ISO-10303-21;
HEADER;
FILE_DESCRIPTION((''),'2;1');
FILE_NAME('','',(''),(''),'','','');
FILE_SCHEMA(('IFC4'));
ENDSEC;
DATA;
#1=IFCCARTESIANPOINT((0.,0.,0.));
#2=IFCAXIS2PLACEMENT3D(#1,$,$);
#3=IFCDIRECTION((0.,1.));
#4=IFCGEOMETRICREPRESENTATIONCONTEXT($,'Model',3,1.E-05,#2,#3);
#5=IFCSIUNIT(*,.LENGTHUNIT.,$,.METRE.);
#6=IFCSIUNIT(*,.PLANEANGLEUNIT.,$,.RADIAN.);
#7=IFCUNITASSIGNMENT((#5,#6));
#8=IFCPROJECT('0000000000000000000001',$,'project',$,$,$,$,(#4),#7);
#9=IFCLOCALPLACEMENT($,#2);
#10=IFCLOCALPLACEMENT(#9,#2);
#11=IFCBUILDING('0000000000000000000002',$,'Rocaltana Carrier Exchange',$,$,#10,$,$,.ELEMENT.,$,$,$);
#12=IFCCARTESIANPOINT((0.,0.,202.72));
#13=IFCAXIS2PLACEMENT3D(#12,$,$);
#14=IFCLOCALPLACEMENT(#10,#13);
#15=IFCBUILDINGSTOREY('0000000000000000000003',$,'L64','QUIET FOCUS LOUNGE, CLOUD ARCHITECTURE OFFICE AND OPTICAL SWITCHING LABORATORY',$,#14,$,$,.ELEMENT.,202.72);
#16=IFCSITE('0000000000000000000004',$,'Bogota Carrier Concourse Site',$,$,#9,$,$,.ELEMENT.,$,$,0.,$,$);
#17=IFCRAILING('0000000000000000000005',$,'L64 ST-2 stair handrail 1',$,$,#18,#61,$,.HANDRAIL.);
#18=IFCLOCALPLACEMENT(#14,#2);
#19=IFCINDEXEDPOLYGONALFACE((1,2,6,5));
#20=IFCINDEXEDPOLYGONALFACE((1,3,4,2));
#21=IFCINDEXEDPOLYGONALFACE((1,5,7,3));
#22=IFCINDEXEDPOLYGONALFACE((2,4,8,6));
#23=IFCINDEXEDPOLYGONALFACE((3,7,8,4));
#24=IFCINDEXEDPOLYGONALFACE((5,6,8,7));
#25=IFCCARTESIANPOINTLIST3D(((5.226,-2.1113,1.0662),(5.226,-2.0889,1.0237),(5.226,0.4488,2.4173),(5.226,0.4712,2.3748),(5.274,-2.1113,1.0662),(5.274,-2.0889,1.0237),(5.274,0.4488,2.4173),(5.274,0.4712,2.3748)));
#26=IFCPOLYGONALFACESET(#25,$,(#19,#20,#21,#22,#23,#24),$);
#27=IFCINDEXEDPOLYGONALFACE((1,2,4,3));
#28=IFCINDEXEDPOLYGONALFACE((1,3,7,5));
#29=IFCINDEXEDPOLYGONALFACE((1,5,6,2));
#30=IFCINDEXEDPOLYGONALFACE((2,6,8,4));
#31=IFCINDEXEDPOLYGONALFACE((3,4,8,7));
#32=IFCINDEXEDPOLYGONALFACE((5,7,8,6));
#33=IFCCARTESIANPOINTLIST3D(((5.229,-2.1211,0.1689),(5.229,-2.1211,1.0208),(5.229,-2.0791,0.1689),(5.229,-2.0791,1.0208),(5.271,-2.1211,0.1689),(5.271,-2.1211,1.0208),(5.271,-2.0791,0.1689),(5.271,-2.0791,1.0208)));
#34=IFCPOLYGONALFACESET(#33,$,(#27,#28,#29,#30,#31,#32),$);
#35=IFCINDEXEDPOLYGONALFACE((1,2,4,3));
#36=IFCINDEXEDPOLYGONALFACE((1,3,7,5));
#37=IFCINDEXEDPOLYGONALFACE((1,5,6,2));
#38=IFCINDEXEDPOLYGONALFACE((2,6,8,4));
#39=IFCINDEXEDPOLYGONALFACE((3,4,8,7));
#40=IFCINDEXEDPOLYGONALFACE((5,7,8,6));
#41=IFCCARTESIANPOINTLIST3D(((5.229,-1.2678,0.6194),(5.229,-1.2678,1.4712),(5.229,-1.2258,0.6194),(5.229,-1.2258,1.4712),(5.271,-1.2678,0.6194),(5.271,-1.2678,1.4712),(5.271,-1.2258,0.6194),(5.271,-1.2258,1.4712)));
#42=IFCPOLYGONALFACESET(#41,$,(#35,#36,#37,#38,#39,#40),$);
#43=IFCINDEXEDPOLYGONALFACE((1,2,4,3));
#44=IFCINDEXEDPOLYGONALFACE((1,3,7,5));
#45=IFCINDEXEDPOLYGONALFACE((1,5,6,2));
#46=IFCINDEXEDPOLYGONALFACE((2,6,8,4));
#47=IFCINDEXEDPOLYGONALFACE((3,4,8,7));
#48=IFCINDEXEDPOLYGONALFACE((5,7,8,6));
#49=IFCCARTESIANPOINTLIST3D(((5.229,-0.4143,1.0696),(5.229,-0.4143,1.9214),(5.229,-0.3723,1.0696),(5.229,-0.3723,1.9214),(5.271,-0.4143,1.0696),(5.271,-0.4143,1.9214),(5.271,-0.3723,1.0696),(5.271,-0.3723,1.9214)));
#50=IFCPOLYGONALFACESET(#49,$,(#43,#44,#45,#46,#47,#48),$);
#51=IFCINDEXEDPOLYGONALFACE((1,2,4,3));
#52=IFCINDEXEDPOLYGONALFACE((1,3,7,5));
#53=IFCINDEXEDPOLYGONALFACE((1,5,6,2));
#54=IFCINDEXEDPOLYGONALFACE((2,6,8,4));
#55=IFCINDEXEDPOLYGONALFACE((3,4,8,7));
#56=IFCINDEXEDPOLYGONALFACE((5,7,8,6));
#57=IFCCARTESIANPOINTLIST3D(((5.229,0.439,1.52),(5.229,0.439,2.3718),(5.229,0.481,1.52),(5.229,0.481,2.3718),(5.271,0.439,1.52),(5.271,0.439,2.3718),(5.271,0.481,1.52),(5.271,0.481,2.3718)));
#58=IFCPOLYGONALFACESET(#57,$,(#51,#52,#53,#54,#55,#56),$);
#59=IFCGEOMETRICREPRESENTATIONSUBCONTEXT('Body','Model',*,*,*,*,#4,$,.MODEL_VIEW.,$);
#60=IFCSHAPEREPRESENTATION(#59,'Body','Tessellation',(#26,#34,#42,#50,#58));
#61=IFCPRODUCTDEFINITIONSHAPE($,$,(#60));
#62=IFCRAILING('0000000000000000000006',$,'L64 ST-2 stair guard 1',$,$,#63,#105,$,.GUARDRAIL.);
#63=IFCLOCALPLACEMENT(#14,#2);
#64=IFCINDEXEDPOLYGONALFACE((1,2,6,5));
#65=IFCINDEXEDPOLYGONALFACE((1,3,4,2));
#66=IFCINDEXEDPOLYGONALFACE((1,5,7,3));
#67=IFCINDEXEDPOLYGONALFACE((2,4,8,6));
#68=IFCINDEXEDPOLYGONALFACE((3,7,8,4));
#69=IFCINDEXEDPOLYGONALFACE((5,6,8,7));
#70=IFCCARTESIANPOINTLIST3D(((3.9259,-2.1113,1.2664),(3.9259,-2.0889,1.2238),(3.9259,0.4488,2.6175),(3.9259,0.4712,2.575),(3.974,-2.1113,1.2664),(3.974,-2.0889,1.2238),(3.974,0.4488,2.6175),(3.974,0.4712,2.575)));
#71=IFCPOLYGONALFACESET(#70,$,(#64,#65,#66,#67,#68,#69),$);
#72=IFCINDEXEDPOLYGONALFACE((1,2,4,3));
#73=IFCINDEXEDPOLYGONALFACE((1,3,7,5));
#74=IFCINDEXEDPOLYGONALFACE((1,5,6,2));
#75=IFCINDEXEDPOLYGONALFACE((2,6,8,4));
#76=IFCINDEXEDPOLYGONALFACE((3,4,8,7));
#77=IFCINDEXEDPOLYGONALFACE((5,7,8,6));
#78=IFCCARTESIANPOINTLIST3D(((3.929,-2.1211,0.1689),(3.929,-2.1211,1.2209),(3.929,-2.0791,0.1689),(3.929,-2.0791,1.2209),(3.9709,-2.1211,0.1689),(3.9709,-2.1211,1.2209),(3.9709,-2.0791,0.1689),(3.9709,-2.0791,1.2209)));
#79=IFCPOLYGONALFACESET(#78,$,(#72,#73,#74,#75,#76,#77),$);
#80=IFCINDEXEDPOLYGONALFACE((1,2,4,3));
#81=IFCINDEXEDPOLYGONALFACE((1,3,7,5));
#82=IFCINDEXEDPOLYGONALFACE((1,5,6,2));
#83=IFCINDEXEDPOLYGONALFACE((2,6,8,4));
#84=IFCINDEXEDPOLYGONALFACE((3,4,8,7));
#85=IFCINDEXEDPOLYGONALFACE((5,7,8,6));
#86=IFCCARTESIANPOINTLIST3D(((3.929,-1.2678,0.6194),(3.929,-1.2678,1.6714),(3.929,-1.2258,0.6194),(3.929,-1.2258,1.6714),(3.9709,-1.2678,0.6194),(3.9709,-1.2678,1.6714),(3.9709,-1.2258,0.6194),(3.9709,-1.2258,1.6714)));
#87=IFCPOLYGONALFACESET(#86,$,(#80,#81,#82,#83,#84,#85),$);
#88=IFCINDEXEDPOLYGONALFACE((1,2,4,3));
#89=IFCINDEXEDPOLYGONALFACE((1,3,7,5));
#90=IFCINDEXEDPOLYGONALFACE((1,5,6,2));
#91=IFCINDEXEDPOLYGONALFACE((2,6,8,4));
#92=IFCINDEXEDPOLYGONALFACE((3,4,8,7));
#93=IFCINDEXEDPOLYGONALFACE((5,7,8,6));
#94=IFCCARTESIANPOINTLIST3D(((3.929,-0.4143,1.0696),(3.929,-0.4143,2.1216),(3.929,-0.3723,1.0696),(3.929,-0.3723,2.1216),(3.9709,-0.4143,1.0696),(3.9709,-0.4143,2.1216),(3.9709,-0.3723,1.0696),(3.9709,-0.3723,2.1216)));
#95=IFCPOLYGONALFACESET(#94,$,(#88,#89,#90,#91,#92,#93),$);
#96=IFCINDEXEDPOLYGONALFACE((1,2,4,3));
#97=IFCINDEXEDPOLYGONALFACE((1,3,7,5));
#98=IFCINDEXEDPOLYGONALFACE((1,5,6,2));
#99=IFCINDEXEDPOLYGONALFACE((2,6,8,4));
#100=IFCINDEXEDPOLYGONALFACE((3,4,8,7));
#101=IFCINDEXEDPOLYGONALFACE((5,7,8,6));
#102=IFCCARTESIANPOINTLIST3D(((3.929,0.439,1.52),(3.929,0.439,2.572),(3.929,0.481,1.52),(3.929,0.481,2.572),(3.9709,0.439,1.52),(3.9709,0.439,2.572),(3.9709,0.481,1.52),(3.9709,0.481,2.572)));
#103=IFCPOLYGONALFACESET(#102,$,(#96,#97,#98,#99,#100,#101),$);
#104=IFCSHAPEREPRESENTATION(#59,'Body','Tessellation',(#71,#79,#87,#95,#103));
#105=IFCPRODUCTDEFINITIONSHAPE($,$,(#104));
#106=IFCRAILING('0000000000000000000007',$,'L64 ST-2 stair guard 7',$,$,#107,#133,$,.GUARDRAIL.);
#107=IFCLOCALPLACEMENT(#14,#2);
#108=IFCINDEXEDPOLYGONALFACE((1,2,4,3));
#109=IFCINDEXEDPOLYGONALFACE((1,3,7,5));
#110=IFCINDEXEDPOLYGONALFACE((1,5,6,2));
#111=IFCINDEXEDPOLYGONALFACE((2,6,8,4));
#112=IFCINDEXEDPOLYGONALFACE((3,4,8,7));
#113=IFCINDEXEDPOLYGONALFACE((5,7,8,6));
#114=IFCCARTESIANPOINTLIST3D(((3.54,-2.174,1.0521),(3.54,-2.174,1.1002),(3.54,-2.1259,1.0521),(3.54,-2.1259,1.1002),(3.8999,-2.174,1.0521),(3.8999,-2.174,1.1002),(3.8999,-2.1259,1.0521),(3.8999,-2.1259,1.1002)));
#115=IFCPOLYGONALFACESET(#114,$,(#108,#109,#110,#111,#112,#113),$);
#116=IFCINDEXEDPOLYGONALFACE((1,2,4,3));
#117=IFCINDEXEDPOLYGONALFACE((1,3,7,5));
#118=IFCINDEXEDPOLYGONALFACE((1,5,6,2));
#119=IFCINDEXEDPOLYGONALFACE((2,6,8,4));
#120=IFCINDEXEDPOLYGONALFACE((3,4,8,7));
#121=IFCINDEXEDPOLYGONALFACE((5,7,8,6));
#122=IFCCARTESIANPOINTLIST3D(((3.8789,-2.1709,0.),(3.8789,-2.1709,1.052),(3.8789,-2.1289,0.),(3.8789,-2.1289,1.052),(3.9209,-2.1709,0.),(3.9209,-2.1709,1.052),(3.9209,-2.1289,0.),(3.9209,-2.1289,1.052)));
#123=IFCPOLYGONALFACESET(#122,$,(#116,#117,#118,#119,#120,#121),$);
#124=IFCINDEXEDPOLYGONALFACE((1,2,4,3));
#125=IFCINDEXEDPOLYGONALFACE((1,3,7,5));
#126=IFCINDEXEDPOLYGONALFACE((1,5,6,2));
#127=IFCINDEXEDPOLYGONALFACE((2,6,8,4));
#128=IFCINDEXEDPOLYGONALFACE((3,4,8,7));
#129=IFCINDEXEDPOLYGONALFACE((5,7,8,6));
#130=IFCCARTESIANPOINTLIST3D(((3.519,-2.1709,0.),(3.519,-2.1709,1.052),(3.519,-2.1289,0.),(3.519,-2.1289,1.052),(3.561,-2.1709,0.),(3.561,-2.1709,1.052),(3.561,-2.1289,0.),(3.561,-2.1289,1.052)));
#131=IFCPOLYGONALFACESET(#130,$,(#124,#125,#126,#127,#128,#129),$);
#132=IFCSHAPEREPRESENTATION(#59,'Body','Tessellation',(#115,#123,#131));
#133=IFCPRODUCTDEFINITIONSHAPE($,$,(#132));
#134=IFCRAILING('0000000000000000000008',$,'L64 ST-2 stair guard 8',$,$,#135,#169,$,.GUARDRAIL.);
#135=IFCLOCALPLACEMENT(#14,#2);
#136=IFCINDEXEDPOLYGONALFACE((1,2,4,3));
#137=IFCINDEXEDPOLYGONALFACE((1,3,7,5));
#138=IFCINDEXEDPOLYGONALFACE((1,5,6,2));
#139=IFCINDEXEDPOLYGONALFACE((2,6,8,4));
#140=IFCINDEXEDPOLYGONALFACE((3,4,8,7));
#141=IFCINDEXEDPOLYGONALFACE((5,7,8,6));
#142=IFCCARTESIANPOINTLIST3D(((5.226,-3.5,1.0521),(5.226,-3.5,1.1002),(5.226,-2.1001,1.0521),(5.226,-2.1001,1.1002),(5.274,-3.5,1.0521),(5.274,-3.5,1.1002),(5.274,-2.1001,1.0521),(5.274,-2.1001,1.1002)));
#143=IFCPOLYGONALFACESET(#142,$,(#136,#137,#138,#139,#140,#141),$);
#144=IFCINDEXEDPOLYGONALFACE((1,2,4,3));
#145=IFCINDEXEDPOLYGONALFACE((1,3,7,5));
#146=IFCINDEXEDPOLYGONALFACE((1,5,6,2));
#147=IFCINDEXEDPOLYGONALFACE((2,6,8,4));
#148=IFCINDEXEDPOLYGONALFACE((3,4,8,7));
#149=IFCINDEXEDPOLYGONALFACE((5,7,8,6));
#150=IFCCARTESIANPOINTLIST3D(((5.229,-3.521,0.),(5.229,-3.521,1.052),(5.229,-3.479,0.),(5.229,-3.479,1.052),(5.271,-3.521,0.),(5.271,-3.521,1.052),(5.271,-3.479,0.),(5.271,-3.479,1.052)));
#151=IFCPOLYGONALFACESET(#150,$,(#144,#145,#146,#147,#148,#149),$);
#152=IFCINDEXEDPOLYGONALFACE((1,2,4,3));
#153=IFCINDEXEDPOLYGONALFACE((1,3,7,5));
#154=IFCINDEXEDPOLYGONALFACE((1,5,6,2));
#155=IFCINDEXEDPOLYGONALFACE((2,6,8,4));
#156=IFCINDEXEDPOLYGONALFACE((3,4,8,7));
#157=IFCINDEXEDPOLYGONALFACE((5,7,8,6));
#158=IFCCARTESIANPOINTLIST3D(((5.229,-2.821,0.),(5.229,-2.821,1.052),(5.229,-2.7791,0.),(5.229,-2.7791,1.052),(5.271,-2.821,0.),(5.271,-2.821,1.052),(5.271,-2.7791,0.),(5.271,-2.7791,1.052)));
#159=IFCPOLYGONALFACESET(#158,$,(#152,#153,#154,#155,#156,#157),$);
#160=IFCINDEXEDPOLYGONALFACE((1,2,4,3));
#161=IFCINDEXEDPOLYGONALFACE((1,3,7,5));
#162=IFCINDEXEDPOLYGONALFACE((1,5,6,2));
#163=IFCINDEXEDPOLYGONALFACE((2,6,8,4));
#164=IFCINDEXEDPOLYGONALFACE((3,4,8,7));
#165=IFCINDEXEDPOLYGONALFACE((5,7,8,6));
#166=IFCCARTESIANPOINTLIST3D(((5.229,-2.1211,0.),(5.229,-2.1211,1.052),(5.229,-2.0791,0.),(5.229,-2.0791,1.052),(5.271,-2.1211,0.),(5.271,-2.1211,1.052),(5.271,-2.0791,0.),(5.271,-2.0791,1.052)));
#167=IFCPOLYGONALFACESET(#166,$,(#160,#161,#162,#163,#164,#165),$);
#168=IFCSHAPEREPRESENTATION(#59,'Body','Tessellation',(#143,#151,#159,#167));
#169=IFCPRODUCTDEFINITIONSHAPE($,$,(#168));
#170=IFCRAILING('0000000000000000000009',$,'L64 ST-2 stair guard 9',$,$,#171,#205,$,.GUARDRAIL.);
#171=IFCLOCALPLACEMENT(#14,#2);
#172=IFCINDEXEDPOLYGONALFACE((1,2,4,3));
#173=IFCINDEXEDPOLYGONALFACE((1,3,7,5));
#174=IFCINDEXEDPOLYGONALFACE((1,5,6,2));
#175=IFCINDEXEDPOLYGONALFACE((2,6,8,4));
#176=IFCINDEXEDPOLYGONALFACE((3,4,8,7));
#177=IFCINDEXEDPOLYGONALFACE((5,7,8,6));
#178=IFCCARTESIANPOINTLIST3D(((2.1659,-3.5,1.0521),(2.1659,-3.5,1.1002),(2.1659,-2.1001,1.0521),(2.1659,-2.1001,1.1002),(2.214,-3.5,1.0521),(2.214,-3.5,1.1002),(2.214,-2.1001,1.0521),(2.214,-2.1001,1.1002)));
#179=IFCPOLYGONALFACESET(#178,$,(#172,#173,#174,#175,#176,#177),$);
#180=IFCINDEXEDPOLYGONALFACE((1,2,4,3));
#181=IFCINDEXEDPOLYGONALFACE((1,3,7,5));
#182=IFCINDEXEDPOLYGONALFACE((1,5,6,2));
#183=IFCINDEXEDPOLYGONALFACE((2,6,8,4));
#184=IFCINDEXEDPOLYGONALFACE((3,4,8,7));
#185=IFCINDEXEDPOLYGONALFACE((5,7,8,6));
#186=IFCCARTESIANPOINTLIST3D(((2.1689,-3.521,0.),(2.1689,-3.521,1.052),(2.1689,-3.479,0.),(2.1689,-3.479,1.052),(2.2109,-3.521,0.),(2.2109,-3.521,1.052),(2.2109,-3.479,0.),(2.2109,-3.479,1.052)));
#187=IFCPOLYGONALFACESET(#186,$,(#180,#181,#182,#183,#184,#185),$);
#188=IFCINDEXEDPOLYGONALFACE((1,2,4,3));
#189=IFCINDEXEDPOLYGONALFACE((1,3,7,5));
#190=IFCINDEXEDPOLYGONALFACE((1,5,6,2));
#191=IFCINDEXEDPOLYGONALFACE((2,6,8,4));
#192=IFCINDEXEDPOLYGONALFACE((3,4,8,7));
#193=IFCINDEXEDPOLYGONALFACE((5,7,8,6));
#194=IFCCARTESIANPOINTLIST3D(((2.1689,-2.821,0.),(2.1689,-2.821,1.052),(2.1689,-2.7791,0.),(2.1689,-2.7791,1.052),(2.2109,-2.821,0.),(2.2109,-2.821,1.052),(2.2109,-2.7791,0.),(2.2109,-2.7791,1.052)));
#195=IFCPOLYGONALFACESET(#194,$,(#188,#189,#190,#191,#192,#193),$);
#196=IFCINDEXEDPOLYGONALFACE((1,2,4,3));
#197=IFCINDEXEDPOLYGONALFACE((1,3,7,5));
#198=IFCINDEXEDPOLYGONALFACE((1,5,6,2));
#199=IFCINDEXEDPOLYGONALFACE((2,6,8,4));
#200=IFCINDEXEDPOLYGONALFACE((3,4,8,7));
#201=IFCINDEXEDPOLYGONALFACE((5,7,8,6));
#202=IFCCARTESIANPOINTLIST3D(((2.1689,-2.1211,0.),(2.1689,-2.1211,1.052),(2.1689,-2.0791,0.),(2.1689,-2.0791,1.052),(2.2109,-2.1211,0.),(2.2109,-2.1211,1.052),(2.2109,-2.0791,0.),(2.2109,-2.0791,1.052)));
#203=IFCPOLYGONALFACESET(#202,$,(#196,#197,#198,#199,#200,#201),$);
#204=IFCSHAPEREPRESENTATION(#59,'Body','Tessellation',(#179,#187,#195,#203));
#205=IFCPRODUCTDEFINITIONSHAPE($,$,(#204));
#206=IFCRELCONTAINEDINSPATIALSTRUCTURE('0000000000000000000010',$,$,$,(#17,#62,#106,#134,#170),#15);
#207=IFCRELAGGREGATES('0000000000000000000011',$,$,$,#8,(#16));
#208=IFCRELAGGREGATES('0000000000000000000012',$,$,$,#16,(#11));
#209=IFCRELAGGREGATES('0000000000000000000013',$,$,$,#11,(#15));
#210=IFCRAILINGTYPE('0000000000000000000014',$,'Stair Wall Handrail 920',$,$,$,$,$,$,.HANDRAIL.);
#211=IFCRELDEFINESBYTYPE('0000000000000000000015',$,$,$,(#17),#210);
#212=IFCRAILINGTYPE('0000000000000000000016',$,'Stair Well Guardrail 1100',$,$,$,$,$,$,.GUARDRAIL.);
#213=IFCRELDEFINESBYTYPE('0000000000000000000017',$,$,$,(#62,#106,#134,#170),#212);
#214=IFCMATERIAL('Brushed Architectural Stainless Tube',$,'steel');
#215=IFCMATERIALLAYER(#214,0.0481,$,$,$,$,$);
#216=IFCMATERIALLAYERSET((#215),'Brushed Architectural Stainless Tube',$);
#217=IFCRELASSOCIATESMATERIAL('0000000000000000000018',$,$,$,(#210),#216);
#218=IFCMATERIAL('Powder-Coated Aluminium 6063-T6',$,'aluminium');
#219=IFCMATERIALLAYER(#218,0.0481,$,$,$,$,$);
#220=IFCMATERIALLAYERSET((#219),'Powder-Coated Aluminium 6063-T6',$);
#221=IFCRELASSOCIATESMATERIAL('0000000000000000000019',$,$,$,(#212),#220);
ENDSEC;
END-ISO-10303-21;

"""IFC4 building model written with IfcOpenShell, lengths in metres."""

from ifc_helpers import new_model, si_unit, direction, frame, origin, origin_2d, place, context, subcontext, project, spatial, rectangle, extrude, material, layer, layer_set, type_object, element, save


model = new_model("IFC4")

# Units and contexts
model_context = context("Model", 3, precision=1e-05, world=origin(), true_north=direction((0.0, 1.0)))
body_context = subcontext(model_context, "Body", "Model", "MODEL_VIEW")
ifc_project = project(units=[si_unit("LENGTHUNIT", "METRE"), si_unit("PLANEANGLEUNIT", "RADIAN")], contexts=[model_context])

# Site, building, storey
site_placement = place(None, origin())
site = spatial("IfcSite", under=ifc_project, at=site_placement, Name="Bogota Carrier Concourse Site", CompositionType="ELEMENT", RefElevation=0.0)
building_placement = place(site_placement, origin())
building = spatial("IfcBuilding", under=site, at=building_placement, Name="Rocaltana Carrier Exchange", CompositionType="ELEMENT")
storey_placement = place(building_placement, frame((0.0, 0.0, 202.72)))
storey = spatial("IfcBuildingStorey", under=building, at=storey_placement, Name="L64", Description="QUIET FOCUS LOUNGE, CLOUD ARCHITECTURE OFFICE AND OPTICAL SWITCHING LABORATORY", CompositionType="ELEMENT", Elevation=202.72)

# Railings
ifc_material_1 = material(Name="Brushed Architectural Stainless Tube", Category="steel")
ifc_layer_1 = layer(ifc_material_1, 0.0481)
ifc_layer_set_1 = layer_set([ifc_layer_1], Name="Brushed Architectural Stainless Tube")
railing_type_1 = type_object("IfcRailingType", Name="Stair Wall Handrail 920", PredefinedType="HANDRAIL", material=ifc_layer_set_1)
railing_1_placement = place(storey_placement, frame((5.25, -2.1001, 0.1689)))
element("IfcRailing", 1, at=railing_1_placement, inside=storey, type_object=railing_type_1, Name="L64 ST-2 stair handrail 1", PredefinedType="HANDRAIL", context=body_context, shape_type="SweptSolid", body=[
    extrude(rectangle(XDim=0.0481, YDim=0.0481, at=origin_2d()), frame((0.0, 0.0, 0.876), z_axis=(0.0, 0.884394, 0.46674), x_axis=(-1.0, 0.0, 0.0)), (0.0, 0.0, 1.0), 2.8948),
    extrude(rectangle(XDim=0.042, YDim=0.042, at=origin_2d()), origin(), (0.0, 0.0, 1.0), 0.8518),
    extrude(rectangle(XDim=0.042, YDim=0.042, at=origin_2d()), frame((0.0, 0.8533, 0.4504)), (0.0, 0.0, 1.0), 0.8518),
    extrude(rectangle(XDim=0.042, YDim=0.042, at=origin_2d()), frame((0.0, 1.7068, 0.9006)), (0.0, 0.0, 1.0), 0.8518),
    extrude(rectangle(XDim=0.042, YDim=0.042, at=origin_2d()), frame((0.0, 2.5601, 1.3511)), (0.0, 0.0, 1.0), 0.8518),
])
ifc_material_2 = material(Name="Powder-Coated Aluminium 6063-T6", Category="aluminium")
ifc_layer_2 = layer(ifc_material_2, 0.0481)
ifc_layer_set_2 = layer_set([ifc_layer_2], Name="Powder-Coated Aluminium 6063-T6")
railing_type_2 = type_object("IfcRailingType", Name="Stair Well Guardrail 1100", PredefinedType="GUARDRAIL", material=ifc_layer_set_2)
railing_2_placement = place(storey_placement, frame((3.95, -2.1001, 0.1689)))
element("IfcRailing", 2, at=railing_2_placement, inside=storey, type_object=railing_type_2, Name="L64 ST-2 stair guard 1", PredefinedType="GUARDRAIL", context=body_context, shape_type="SweptSolid", body=[
    extrude(rectangle(XDim=0.0481, YDim=0.0481, at=origin_2d()), frame((0.0, 0.0, 1.0762), z_axis=(0.0, 0.884394, 0.46674), x_axis=(-1.0, 0.0, 0.0)), (0.0, 0.0, 1.0), 2.8948),
    extrude(rectangle(XDim=0.042, YDim=0.042, at=origin_2d()), origin(), (0.0, 0.0, 1.0), 1.052),
    extrude(rectangle(XDim=0.042, YDim=0.042, at=origin_2d()), frame((0.0, 0.8533, 0.4504)), (0.0, 0.0, 1.0), 1.052),
    extrude(rectangle(XDim=0.042, YDim=0.042, at=origin_2d()), frame((0.0, 1.7068, 0.9006)), (0.0, 0.0, 1.0), 1.052),
    extrude(rectangle(XDim=0.042, YDim=0.042, at=origin_2d()), frame((0.0, 2.5601, 1.3511)), (0.0, 0.0, 1.0), 1.052),
])
railing_3_placement = place(storey_placement, frame((3.8999, -2.1499, 0.0)))
element("IfcRailing", 3, at=railing_3_placement, inside=storey, type_object=railing_type_2, Name="L64 ST-2 stair guard 7", PredefinedType="GUARDRAIL", context=body_context, shape_type="SweptSolid", body=[
    extrude(rectangle(XDim=0.0481, YDim=0.0481, at=origin_2d()), frame((0.0, 0.0, 1.0762), z_axis=(-1.0, 0.0, 0.0), x_axis=(0.0, -1.0, 0.0)), (0.0, 0.0, 1.0), 0.3599),
    extrude(rectangle(XDim=0.042, YDim=0.042, at=origin_2d()), origin(), (0.0, 0.0, 1.0), 1.052),
    extrude(rectangle(XDim=0.042, YDim=0.042, at=origin_2d()), frame((-0.3599, 0.0, 0.0)), (0.0, 0.0, 1.0), 1.052),
])
for number, where, name in (
    (4, (5.25, -3.5, 0.0), "L64 ST-2 stair guard 8"),
    (5, (2.1899, -3.5, 0.0), "L64 ST-2 stair guard 9"),
):
    element("IfcRailing", number, at=place(storey_placement, frame(where)), inside=storey, type_object=railing_type_2, Name=name, PredefinedType="GUARDRAIL", context=body_context, shape_type="SweptSolid", body=[
        extrude(rectangle(XDim=0.0481, YDim=0.0481, at=origin_2d()), frame((0.0, 0.0, 1.0762), z_axis=(0.0, 1.0, 0.0), x_axis=(-1.0, 0.0, 0.0)), (0.0, 0.0, 1.0), 1.3999),
        extrude(rectangle(XDim=0.042, YDim=0.042, at=origin_2d()), origin(), (0.0, 0.0, 1.0), 1.052),
        extrude(rectangle(XDim=0.042, YDim=0.042, at=origin_2d()), frame((0.0, 0.7, 0.0)), (0.0, 0.0, 1.0), 1.052),
        extrude(rectangle(XDim=0.042, YDim=0.042, at=origin_2d()), frame((0.0, 1.3999, 0.0)), (0.0, 0.0, 1.0), 1.052),
    ])

save(model, "model.ifc")
